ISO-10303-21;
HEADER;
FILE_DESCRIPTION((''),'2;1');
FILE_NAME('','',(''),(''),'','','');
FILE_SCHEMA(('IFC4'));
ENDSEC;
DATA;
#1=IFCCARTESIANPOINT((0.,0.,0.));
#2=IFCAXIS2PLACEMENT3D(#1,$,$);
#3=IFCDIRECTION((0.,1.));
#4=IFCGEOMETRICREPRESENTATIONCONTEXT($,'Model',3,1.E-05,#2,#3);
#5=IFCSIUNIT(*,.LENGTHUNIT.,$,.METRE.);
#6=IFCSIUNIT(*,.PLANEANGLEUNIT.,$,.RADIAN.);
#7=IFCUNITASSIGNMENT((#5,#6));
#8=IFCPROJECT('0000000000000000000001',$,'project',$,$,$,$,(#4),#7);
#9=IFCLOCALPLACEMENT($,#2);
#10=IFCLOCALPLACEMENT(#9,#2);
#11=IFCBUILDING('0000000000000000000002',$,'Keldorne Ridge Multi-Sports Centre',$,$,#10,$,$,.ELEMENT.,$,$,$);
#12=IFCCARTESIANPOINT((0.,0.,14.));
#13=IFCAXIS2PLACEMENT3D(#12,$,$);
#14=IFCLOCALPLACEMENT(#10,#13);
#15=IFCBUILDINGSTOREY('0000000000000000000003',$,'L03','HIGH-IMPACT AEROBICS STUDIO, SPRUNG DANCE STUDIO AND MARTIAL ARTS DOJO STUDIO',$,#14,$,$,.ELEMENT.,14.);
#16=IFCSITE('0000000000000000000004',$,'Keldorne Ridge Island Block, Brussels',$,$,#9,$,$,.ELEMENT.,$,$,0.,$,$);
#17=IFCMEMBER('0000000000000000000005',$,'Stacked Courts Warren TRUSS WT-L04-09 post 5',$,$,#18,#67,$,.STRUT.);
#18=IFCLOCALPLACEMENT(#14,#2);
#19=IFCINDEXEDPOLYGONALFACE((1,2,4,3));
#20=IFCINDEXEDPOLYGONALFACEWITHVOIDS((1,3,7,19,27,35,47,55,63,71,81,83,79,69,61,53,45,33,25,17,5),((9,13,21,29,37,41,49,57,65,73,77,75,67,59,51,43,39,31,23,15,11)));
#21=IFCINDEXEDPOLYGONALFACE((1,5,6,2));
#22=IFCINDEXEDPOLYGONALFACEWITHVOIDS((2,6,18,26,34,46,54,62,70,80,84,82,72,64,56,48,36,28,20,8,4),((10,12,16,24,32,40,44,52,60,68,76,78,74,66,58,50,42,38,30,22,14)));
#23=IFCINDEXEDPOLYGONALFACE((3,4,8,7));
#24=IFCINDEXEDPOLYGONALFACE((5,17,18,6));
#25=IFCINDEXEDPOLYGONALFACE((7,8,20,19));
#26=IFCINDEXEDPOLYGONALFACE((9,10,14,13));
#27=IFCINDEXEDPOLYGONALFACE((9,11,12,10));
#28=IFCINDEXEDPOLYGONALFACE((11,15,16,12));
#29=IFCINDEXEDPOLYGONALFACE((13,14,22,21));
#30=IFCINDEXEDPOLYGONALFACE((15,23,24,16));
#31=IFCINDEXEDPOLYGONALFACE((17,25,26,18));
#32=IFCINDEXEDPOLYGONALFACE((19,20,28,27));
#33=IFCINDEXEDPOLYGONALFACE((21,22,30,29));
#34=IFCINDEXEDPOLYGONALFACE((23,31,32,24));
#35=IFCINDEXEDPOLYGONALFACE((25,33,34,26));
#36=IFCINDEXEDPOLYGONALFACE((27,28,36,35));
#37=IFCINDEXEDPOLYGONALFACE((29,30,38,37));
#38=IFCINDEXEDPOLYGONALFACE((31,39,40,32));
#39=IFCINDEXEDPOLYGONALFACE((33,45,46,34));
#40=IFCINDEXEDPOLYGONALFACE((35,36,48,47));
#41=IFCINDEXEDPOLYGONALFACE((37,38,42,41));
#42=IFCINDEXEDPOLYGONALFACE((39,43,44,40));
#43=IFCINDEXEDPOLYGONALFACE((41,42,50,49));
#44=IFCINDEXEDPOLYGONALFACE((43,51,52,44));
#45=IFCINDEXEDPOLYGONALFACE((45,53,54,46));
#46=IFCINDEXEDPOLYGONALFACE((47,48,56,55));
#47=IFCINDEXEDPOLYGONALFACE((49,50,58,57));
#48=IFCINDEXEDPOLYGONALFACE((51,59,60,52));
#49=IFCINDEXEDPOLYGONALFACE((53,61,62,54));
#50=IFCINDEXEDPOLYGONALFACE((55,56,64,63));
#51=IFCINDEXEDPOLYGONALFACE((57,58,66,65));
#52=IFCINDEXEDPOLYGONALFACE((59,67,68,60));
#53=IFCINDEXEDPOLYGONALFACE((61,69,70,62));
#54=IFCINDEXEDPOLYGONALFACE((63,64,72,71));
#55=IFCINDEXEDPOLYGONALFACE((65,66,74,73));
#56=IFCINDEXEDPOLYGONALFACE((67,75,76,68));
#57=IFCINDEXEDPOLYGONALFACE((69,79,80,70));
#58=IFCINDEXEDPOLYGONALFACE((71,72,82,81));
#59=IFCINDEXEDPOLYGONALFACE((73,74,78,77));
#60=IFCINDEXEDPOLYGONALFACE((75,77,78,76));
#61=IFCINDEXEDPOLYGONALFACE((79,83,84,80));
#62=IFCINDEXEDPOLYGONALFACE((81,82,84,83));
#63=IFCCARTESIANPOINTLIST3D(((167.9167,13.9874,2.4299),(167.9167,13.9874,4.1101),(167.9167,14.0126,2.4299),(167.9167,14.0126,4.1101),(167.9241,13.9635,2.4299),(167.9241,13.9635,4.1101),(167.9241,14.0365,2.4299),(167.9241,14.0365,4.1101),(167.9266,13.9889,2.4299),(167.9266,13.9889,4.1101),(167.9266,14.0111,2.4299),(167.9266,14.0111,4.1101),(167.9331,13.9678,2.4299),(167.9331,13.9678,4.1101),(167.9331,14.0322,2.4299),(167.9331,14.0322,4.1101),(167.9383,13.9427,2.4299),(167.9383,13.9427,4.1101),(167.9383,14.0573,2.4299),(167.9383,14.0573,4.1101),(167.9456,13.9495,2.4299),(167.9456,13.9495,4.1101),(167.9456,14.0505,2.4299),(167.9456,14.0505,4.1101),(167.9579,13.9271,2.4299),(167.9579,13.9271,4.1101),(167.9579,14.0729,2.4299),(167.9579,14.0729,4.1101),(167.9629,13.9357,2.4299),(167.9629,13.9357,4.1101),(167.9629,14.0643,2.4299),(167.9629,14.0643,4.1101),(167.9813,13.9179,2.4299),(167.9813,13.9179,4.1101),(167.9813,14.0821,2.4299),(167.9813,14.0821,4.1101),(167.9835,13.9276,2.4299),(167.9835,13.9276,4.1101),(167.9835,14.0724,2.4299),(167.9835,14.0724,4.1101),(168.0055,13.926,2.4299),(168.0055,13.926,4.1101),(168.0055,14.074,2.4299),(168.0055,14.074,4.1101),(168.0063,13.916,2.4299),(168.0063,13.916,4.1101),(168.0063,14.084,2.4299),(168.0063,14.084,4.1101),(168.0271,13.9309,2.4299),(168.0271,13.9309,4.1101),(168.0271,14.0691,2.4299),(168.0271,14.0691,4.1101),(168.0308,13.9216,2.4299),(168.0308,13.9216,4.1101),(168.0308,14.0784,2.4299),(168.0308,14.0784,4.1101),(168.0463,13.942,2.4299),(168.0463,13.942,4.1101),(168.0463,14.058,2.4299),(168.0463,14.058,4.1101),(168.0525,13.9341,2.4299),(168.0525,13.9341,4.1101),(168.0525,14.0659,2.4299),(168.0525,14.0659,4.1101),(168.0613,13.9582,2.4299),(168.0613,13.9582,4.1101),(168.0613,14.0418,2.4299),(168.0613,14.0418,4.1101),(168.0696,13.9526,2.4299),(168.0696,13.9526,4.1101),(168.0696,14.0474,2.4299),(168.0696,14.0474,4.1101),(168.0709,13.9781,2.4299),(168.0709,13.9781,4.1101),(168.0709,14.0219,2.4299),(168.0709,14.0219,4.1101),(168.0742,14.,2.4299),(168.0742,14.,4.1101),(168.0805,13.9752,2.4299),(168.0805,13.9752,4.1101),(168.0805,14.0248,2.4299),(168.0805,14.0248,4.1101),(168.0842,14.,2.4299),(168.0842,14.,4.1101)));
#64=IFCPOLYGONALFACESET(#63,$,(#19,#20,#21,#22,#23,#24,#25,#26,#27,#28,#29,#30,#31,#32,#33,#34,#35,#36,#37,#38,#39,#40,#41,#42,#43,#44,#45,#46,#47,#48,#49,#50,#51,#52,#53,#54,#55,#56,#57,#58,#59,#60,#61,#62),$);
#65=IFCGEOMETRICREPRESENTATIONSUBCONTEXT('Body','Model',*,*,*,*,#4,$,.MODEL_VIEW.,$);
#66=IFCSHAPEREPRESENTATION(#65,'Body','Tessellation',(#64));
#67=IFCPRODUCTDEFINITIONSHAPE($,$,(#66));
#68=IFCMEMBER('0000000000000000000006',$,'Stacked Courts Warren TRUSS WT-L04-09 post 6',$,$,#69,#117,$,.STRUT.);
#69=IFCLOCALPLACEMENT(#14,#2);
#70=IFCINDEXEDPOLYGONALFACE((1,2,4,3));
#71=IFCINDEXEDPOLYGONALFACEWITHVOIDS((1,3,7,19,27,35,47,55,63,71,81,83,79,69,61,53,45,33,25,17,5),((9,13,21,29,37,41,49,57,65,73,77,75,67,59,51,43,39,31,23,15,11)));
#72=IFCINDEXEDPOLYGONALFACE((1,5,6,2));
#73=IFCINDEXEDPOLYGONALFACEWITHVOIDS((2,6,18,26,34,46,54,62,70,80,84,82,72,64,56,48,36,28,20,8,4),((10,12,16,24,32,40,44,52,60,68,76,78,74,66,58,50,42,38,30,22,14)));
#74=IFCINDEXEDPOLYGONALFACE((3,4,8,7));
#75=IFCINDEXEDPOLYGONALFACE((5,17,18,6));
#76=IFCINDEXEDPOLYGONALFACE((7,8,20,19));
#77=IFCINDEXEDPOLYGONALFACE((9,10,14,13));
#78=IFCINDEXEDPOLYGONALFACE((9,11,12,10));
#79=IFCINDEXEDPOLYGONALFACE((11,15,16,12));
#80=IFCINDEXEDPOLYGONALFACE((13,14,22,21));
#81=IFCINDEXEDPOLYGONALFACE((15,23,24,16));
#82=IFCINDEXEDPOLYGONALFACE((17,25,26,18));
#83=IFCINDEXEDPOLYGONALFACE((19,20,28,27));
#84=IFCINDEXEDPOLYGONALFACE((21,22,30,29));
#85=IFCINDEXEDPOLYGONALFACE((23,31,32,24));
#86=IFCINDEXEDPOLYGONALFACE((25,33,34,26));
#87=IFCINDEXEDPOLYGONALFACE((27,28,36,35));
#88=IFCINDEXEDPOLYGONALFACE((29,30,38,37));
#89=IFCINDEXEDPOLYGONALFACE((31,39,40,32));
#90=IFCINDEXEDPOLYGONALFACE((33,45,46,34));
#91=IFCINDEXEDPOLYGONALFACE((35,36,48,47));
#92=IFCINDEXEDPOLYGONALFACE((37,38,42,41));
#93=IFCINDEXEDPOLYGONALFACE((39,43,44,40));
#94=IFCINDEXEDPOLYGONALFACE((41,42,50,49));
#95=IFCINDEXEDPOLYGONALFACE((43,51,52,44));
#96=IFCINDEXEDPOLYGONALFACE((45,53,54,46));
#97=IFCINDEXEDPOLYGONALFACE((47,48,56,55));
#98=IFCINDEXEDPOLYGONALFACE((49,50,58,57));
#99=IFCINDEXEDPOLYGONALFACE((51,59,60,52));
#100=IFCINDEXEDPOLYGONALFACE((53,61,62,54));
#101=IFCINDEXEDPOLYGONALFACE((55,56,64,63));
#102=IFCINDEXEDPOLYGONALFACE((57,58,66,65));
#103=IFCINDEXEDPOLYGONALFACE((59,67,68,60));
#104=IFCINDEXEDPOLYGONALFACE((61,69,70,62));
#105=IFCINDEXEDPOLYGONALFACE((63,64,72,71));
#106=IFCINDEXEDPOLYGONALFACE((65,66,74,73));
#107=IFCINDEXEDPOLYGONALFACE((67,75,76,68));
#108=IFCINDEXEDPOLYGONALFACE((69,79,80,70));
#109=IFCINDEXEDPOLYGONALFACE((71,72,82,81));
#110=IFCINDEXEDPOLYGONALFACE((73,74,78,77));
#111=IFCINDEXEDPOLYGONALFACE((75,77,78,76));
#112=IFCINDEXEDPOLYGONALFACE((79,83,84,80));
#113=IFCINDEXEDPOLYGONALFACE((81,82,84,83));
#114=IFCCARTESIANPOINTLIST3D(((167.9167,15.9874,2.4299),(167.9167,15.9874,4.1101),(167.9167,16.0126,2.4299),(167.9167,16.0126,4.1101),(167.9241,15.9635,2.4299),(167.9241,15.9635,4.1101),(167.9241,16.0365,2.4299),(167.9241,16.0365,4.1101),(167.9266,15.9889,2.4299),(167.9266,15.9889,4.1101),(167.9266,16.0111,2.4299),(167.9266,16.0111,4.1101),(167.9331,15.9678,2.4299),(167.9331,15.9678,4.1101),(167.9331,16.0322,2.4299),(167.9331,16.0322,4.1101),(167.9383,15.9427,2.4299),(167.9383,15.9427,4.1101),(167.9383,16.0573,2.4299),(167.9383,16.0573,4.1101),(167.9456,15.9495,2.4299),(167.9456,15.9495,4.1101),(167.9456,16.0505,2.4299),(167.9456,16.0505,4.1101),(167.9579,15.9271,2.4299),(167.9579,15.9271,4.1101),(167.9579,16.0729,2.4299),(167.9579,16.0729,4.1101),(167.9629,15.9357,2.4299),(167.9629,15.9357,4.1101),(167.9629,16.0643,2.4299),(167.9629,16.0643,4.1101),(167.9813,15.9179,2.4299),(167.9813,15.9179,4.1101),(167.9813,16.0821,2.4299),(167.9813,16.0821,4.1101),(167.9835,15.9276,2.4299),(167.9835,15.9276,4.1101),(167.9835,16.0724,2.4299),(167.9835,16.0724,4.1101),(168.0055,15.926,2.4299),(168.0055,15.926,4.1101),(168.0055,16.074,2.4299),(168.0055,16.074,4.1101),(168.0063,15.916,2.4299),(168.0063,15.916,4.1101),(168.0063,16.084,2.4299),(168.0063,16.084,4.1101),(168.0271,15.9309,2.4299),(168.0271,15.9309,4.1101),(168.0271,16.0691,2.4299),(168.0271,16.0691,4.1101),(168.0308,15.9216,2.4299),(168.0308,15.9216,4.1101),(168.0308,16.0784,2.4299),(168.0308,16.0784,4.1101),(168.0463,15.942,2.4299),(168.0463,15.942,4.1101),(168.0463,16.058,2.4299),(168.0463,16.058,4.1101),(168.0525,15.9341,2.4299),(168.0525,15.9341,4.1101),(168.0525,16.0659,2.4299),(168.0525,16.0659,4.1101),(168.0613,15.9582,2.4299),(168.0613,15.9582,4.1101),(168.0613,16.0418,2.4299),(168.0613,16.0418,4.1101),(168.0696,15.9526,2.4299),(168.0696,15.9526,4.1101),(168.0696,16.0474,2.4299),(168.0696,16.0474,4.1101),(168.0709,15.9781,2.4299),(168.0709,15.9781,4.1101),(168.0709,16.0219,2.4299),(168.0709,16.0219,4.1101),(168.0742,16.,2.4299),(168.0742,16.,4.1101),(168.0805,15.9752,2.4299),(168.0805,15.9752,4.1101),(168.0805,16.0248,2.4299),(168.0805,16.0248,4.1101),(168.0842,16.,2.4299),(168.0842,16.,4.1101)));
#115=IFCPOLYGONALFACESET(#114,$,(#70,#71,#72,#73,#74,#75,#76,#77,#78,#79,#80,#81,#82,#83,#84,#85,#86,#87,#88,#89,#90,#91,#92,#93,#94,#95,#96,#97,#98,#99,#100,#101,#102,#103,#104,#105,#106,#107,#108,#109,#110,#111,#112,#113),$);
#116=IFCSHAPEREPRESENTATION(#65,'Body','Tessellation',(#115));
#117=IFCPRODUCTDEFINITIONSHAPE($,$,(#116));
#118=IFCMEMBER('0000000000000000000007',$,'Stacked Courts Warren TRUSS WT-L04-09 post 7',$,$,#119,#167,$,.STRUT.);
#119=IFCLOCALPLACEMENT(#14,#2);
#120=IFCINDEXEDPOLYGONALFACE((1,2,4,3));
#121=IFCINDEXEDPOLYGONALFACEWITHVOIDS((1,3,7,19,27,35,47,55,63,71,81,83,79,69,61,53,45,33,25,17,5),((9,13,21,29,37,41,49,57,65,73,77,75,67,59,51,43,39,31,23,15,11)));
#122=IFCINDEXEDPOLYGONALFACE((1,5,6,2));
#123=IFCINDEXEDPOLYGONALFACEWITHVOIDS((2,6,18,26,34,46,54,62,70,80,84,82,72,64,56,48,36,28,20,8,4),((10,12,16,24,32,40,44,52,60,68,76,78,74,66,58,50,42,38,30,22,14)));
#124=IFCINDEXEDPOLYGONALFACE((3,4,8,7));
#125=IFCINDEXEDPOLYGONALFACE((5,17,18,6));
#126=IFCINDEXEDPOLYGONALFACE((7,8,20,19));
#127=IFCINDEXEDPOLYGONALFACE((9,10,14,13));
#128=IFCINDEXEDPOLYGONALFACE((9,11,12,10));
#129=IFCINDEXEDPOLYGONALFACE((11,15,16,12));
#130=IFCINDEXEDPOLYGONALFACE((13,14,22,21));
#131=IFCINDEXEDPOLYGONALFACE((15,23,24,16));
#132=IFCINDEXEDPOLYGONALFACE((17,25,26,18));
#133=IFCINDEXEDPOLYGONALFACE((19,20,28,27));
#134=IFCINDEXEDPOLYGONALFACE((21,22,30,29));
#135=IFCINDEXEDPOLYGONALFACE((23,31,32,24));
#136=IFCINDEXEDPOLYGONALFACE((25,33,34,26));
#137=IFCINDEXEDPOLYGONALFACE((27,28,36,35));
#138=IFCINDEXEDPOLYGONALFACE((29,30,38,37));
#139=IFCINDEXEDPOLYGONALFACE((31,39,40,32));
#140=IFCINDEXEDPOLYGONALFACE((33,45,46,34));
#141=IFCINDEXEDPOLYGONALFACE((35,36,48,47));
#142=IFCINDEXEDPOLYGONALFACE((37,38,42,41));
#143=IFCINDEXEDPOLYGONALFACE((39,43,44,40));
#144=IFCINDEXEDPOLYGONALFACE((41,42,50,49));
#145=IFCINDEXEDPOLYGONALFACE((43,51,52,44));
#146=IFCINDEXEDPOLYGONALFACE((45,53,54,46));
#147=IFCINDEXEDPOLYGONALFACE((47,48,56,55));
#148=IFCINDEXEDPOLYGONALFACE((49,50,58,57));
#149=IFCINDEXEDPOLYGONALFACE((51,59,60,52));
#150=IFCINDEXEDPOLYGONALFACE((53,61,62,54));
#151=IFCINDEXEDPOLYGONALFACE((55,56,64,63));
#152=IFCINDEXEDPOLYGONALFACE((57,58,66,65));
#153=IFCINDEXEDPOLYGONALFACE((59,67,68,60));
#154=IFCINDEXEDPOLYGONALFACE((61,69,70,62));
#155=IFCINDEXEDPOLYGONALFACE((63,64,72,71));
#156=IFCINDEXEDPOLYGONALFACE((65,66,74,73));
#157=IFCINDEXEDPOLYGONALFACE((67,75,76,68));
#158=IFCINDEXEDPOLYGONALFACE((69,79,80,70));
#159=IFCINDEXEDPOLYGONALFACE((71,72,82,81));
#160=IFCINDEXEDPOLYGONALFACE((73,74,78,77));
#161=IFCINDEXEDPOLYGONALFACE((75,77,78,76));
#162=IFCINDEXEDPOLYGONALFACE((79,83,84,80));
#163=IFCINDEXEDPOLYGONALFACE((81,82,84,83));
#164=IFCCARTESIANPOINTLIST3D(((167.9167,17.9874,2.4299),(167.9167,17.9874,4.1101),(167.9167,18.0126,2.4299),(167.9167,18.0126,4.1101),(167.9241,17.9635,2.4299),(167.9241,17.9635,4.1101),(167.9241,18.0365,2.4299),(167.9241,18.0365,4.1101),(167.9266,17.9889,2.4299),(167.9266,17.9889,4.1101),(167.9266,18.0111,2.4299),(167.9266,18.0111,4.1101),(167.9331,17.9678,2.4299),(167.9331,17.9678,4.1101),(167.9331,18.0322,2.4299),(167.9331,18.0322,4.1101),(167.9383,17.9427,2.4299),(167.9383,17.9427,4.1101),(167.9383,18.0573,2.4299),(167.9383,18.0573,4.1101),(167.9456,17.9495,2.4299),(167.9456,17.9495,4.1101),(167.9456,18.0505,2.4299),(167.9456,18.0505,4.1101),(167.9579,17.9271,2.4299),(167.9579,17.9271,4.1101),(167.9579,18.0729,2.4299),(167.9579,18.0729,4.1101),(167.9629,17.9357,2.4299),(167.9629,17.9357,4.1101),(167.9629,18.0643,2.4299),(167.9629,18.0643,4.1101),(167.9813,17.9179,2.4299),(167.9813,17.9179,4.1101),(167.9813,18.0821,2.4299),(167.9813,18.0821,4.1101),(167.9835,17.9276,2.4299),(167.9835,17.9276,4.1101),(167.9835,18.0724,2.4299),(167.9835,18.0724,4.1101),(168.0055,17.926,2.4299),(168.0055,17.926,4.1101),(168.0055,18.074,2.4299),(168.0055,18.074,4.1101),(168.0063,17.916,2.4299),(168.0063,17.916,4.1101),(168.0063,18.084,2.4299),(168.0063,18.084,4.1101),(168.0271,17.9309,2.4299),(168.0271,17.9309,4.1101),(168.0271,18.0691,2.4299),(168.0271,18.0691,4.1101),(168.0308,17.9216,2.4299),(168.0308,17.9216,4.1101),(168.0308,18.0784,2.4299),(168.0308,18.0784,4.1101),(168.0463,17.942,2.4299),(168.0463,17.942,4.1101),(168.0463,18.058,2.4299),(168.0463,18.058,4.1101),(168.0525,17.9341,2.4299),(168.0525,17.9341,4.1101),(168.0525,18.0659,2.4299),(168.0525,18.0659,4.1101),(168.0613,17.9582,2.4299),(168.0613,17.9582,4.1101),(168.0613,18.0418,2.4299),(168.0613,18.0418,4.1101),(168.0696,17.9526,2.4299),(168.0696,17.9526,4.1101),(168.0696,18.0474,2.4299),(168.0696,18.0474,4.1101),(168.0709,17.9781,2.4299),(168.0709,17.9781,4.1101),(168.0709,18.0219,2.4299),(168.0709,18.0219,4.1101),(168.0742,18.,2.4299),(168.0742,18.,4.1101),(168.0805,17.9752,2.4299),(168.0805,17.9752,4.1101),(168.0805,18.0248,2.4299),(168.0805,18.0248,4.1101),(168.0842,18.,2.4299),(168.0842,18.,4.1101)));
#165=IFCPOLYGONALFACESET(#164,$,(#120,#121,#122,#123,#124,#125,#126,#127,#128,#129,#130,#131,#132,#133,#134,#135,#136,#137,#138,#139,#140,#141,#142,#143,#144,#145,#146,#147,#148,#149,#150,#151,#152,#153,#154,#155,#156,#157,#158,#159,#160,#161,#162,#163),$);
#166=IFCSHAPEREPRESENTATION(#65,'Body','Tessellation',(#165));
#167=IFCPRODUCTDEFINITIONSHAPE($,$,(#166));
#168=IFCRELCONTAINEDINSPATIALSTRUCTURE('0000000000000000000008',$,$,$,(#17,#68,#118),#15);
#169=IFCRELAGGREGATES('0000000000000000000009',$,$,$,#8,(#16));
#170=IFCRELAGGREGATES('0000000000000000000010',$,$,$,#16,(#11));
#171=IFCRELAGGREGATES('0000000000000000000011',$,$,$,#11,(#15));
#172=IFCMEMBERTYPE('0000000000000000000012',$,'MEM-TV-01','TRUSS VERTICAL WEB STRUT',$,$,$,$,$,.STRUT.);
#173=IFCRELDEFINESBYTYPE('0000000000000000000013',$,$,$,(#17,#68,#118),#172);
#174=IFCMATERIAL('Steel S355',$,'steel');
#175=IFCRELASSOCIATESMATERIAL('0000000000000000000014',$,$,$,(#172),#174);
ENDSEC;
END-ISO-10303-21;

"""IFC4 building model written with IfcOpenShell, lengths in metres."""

from ifc_helpers import new_model, si_unit, direction, frame, origin, origin_2d, place, context, subcontext, project, spatial, hollow_circle, extrude, material, material_profile, profile_set, type_object, element, save


model = new_model("IFC4")

# Units and contexts
model_context = context("Model", 3, precision=1e-05, world=origin(), true_north=direction((0.0, 1.0)))
body_context = subcontext(model_context, "Body", "Model", "MODEL_VIEW")
ifc_project = project(units=[si_unit("LENGTHUNIT", "METRE"), si_unit("PLANEANGLEUNIT", "RADIAN")], contexts=[model_context])

# Site, building, storey
site_placement = place(None, origin())
site = spatial("IfcSite", under=ifc_project, at=site_placement, Name="Keldorne Ridge Island Block, Brussels", CompositionType="ELEMENT", RefElevation=0.0)
building_placement = place(site_placement, origin())
building = spatial("IfcBuilding", under=site, at=building_placement, Name="Keldorne Ridge Multi-Sports Centre", CompositionType="ELEMENT")
storey_placement = place(building_placement, frame((0.0, 0.0, 14.0)))
storey = spatial("IfcBuildingStorey", under=building, at=storey_placement, Name="L03", Description="HIGH-IMPACT AEROBICS STUDIO, SPRUNG DANCE STUDIO AND MARTIAL ARTS DOJO STUDIO", CompositionType="ELEMENT", Elevation=14.0)

# Shared definitions
ifc_material_1 = material(Name="Steel S355", Category="steel")

# Members
ifc_material_profile_1 = material_profile(ifc_material_1, hollow_circle(Radius=0.0842, WallThickness=0.01, at=origin_2d()), Name="CHS 168.3x10")
ifc_profile_set_1 = profile_set([ifc_material_profile_1], Name="Steel S355")
member_type_1 = type_object("IfcMemberType", Name="MEM-TV-01", Description="TRUSS VERTICAL WEB STRUT", PredefinedType="STRUT", material=ifc_profile_set_1)
for number, where, z_axis, x_axis, name in (
    (1, (168.0, 14.0, 2.4299), (0.0, 0.0, 1.0), (1.0, 0.0, 0.0), "Stacked Courts Warren TRUSS WT-L04-09 post 5"),
    (2, (168.0, 16.0, 2.4299), (0.0, 0.0, 1.0), (1.0, 0.0, 0.0), "Stacked Courts Warren TRUSS WT-L04-09 post 6"),
    (3, (168.0, 18.0, 2.4299), (0.0, 0.0, 1.0), (1.0, 0.0, 0.0), "Stacked Courts Warren TRUSS WT-L04-09 post 7"),
):
    element("IfcMember", number, at=place(storey_placement, frame(where, z_axis=z_axis, x_axis=x_axis)), inside=storey, type_object=member_type_1, Name=name, PredefinedType="STRUT", context=body_context, shape_type="SweptSolid", body=[
        extrude(hollow_circle(Radius=0.0842, WallThickness=0.01, at=origin_2d()), origin(), (0.0, 0.0, 1.0), 1.6802),
    ])

save(model, "model.ifc")
